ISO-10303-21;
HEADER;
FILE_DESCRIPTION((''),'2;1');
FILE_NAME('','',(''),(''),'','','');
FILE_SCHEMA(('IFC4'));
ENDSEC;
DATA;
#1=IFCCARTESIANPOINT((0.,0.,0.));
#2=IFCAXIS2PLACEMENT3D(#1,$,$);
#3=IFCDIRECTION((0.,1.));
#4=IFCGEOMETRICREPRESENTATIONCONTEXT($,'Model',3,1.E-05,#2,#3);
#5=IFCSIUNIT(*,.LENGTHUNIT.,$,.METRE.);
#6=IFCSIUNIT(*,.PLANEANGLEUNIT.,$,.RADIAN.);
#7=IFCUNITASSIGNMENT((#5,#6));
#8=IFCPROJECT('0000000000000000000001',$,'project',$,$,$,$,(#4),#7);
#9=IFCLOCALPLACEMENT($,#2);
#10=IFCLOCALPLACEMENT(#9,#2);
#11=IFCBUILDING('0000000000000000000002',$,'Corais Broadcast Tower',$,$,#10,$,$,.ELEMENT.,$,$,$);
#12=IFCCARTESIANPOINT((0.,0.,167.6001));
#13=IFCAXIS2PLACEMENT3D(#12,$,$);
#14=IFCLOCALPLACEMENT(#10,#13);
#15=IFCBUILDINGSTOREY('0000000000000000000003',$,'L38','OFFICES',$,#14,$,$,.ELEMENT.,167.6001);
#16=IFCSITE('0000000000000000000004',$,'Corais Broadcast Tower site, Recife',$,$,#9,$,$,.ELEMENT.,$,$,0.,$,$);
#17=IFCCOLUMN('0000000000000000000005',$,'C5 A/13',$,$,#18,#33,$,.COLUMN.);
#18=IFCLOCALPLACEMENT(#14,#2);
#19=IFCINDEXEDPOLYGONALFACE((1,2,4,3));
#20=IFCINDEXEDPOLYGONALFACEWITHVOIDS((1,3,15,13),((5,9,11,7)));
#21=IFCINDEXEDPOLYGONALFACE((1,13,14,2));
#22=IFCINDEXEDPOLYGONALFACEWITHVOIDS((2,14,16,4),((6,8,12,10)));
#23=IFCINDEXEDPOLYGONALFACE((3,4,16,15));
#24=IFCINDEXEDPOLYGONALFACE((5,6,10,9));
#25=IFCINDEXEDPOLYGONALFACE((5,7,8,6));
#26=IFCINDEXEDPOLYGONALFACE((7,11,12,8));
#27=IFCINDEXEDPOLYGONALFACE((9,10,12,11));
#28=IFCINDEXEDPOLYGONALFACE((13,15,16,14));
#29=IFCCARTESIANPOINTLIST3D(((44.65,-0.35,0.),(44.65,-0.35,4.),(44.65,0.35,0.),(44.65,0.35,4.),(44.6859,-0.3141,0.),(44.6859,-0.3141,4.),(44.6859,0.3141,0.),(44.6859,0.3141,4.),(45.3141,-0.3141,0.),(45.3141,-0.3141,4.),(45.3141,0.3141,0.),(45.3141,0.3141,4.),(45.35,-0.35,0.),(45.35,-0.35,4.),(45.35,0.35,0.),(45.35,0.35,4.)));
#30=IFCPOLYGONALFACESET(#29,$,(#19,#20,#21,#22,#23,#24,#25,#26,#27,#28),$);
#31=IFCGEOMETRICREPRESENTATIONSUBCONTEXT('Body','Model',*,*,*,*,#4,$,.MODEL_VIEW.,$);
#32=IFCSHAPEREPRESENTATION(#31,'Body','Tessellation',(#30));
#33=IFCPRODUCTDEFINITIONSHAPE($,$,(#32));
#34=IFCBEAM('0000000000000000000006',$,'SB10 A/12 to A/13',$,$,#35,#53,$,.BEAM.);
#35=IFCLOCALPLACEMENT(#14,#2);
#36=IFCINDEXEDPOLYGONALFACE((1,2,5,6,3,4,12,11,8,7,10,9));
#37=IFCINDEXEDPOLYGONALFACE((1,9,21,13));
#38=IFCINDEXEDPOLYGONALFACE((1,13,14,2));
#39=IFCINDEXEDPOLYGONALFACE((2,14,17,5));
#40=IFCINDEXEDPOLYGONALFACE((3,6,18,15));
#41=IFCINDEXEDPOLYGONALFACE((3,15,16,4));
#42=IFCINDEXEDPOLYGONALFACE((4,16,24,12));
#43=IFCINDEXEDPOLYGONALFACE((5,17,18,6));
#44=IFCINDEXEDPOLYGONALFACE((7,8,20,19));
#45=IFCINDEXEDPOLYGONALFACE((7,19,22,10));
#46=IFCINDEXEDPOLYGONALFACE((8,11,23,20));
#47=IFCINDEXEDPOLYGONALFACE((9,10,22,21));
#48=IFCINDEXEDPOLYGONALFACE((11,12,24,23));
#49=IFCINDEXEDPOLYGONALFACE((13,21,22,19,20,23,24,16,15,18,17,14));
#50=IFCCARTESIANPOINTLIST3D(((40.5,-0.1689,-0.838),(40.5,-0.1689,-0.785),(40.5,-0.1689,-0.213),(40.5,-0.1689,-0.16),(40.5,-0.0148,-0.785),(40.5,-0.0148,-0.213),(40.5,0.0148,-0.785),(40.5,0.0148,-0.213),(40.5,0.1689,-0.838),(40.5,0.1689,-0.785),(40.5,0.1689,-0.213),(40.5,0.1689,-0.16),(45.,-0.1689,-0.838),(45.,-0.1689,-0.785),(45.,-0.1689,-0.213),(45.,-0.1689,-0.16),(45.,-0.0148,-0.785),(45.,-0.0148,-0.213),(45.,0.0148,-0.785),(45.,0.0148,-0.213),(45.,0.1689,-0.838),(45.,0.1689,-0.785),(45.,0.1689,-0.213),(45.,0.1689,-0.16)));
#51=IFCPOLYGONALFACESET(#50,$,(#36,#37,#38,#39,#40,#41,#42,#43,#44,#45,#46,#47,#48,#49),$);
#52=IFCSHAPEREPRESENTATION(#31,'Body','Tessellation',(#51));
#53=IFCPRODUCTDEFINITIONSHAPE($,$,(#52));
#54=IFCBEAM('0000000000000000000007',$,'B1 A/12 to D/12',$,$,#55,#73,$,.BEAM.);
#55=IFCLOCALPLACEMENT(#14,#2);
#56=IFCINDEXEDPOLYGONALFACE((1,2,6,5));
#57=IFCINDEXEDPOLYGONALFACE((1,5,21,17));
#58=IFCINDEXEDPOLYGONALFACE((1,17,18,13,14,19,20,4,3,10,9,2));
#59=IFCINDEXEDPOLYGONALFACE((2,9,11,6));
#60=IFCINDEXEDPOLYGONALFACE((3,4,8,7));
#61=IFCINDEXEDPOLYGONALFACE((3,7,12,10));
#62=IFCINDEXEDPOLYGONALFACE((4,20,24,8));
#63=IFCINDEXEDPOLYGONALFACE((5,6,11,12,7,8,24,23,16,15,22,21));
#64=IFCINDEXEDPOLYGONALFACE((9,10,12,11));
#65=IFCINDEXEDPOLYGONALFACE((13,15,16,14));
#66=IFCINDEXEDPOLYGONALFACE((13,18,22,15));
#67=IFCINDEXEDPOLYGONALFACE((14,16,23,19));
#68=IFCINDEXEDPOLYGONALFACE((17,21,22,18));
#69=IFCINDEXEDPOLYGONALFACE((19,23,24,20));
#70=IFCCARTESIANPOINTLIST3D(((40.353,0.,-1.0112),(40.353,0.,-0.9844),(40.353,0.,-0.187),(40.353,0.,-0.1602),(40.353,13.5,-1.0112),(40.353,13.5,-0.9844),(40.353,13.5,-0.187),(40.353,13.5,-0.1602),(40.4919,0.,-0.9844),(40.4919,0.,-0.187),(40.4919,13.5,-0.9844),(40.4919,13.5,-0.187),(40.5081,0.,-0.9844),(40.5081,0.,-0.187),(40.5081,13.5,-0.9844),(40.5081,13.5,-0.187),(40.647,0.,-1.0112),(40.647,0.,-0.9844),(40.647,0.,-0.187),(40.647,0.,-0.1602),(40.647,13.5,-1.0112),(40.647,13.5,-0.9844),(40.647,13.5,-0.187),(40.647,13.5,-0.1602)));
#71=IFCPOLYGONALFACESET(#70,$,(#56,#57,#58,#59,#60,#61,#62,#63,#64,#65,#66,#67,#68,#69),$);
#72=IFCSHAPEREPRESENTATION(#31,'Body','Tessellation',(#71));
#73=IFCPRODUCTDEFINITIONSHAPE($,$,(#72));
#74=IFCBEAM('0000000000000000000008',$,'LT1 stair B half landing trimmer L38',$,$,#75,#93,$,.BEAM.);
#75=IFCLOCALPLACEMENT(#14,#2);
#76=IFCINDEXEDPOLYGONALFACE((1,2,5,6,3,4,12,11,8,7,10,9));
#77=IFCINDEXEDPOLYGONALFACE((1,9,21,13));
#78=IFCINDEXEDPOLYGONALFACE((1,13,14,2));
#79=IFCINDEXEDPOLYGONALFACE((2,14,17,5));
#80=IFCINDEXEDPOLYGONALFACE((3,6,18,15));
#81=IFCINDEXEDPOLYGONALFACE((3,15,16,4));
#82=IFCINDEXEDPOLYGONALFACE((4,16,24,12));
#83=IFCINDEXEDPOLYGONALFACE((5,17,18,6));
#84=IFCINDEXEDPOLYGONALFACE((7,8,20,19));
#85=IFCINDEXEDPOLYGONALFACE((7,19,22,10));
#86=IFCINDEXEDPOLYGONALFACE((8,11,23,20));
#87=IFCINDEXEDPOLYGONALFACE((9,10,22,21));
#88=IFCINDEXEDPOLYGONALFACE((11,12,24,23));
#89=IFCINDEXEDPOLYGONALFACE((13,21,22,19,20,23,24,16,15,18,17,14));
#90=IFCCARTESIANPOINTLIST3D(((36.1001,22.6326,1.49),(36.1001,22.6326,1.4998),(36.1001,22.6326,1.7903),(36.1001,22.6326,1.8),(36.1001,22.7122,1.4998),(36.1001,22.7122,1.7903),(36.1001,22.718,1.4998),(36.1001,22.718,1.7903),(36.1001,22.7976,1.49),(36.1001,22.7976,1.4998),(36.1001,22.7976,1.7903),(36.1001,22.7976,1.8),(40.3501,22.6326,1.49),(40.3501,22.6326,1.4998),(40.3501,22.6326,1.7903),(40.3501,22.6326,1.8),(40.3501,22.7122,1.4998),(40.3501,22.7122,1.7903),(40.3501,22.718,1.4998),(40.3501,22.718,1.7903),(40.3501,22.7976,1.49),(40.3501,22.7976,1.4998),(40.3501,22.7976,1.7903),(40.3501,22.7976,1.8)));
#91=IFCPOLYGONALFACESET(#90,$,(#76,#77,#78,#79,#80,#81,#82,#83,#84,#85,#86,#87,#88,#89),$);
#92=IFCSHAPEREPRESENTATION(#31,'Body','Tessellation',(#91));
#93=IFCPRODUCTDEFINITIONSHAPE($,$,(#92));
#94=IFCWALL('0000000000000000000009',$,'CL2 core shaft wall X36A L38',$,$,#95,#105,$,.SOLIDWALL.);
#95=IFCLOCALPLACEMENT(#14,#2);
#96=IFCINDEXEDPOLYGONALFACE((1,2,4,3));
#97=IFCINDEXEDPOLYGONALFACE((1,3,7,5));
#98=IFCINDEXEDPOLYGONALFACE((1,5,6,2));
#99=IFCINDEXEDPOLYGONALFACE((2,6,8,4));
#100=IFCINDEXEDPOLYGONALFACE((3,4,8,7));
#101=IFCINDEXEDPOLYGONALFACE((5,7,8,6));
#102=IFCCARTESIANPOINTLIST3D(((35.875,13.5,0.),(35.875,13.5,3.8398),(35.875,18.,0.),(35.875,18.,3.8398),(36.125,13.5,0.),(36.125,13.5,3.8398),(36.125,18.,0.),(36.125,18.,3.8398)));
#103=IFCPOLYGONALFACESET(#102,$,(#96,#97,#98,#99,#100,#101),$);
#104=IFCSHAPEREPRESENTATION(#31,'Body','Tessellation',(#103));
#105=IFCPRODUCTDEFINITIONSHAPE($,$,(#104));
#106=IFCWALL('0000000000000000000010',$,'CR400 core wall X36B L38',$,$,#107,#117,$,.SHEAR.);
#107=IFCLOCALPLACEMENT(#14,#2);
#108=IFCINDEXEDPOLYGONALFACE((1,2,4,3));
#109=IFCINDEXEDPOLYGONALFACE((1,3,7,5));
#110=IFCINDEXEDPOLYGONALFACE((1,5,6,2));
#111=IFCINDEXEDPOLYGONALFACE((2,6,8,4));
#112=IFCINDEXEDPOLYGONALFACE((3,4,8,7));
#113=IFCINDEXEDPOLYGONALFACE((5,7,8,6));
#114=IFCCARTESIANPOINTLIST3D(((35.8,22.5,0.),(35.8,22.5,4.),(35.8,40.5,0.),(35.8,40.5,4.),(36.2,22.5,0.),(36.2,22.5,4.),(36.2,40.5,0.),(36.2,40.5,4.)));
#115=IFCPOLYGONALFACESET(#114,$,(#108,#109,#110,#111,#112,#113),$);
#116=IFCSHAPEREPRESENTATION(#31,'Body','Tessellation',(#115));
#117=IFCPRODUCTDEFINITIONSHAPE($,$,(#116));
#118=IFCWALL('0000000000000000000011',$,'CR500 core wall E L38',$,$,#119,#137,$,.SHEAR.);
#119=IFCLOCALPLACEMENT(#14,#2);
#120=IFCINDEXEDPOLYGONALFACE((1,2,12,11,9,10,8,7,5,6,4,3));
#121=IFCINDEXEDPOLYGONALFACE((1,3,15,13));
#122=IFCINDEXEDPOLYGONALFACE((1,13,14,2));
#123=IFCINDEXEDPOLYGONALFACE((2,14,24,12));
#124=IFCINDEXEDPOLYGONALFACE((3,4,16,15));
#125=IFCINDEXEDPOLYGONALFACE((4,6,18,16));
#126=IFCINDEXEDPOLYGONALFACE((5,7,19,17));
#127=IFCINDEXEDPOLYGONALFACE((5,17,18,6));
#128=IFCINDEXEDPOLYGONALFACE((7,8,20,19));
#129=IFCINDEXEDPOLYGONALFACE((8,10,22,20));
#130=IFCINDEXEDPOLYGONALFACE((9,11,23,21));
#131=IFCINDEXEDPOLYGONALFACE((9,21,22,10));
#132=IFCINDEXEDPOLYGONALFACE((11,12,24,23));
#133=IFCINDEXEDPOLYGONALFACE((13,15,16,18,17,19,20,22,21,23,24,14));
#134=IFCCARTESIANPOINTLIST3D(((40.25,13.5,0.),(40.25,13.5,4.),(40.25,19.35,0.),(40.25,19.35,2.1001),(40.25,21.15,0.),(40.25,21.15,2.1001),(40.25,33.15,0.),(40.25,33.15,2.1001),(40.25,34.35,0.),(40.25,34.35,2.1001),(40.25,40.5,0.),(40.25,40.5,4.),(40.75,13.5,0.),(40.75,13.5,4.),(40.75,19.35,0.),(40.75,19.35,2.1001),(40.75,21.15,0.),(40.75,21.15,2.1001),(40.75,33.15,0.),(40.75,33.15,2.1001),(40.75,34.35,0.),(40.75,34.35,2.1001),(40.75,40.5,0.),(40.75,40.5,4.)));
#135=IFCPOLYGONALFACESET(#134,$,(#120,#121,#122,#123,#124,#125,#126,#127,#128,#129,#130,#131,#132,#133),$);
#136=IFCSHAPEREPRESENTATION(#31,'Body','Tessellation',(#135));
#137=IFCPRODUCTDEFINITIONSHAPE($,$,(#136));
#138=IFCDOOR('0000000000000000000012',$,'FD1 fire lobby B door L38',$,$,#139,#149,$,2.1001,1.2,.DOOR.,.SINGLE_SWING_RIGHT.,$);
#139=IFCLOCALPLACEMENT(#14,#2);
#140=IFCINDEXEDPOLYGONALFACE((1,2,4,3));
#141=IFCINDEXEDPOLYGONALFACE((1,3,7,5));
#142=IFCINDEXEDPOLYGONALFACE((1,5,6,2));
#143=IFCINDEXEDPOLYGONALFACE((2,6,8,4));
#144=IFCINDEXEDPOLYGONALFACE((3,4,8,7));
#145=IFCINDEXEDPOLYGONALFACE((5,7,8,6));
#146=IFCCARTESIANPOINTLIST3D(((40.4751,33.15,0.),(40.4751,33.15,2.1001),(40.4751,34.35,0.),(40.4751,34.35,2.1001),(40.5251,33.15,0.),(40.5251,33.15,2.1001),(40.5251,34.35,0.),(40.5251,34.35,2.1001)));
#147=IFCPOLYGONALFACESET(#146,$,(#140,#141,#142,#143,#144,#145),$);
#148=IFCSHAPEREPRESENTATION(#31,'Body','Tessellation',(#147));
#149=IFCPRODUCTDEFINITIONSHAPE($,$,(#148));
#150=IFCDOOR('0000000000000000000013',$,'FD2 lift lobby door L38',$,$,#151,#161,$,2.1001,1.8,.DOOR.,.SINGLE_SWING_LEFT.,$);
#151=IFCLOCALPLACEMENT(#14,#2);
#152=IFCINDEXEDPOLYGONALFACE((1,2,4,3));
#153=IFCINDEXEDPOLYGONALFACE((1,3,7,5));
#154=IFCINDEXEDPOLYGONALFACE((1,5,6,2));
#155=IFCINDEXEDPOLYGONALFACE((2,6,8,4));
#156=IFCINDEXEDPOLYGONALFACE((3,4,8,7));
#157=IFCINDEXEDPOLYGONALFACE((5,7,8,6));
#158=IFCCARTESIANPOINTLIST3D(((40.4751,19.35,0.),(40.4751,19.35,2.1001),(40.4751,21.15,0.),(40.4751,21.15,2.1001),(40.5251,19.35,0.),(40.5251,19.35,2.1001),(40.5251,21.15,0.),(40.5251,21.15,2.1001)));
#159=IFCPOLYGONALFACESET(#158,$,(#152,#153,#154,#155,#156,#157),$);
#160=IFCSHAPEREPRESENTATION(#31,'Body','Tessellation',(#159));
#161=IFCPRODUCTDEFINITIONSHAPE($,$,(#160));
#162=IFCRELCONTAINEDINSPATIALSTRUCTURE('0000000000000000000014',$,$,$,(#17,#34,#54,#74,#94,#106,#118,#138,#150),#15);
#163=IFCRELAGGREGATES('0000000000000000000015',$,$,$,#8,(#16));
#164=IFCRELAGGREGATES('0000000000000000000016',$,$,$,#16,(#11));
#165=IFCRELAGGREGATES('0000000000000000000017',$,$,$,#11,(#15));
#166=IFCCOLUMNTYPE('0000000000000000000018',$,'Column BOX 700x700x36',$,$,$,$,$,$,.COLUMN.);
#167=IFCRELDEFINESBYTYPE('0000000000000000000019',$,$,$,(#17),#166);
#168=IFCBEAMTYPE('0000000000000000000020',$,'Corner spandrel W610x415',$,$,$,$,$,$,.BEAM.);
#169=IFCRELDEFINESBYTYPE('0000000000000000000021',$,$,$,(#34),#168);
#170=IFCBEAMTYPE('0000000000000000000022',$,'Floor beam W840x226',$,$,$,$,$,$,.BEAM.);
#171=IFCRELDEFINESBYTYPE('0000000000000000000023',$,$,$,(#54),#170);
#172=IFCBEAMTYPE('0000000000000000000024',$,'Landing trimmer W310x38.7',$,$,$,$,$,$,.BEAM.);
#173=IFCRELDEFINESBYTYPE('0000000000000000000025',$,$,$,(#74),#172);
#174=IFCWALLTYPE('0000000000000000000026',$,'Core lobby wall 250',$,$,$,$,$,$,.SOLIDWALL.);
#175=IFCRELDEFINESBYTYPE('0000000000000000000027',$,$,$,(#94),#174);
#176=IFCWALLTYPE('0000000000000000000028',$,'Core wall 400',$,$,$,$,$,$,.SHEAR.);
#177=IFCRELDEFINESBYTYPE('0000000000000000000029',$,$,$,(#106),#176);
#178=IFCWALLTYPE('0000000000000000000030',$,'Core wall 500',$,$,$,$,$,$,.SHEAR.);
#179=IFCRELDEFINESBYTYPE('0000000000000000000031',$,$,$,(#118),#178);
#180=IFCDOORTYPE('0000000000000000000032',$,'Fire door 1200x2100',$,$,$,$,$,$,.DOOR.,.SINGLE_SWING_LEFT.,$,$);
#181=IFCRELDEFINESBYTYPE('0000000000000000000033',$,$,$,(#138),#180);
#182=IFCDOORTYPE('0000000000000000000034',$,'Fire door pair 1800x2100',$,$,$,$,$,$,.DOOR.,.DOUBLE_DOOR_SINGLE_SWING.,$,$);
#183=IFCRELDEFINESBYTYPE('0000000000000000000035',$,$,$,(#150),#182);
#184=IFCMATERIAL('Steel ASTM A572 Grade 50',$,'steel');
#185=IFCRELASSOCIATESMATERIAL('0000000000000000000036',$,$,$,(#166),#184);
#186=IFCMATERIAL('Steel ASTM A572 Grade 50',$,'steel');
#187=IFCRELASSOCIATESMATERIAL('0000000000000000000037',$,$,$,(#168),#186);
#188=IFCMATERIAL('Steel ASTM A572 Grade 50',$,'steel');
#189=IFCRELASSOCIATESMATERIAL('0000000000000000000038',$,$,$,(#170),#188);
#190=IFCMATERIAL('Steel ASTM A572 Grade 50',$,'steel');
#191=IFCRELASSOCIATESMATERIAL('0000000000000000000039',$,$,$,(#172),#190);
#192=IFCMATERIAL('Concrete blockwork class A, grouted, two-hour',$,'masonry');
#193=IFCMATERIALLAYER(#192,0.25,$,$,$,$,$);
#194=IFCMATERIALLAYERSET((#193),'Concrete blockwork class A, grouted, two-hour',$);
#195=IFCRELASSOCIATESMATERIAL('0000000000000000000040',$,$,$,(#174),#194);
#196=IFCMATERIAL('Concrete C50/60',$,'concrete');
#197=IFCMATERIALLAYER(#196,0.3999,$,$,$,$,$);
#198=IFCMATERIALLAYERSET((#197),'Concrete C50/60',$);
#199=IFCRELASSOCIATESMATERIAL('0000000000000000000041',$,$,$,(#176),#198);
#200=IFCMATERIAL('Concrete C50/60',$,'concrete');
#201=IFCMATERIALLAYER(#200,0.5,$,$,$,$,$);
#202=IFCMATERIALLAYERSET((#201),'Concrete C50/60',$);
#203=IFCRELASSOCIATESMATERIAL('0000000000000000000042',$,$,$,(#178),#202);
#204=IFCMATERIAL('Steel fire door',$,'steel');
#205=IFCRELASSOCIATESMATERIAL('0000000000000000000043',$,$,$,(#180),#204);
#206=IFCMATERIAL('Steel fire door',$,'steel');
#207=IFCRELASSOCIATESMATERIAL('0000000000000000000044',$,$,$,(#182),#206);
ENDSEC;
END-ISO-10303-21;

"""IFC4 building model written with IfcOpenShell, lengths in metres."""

from ifc_helpers import new_model, si_unit, direction, frame, frame_2d, origin, origin_2d, place, context, subcontext, project, spatial, rectangle, hollow_rectangle, i_section, extrude, material, layer, layer_set, material_profile, profile_set, type_object, element, fill, save


model = new_model("IFC4")

# Units and contexts
model_context = context("Model", 3, precision=1e-05, world=origin(), true_north=direction((0.0, 1.0)))
body_context = subcontext(model_context, "Body", "Model", "MODEL_VIEW")
ifc_project = project(units=[si_unit("LENGTHUNIT", "METRE"), si_unit("PLANEANGLEUNIT", "RADIAN")], contexts=[model_context])

# Site, building, storey
site_placement = place(None, origin())
site = spatial("IfcSite", under=ifc_project, at=site_placement, Name="Corais Broadcast Tower site, Recife", CompositionType="ELEMENT", RefElevation=0.0)
building_placement = place(site_placement, origin())
building = spatial("IfcBuilding", under=site, at=building_placement, Name="Corais Broadcast Tower", CompositionType="ELEMENT")
storey_placement = place(building_placement, frame((0.0, 0.0, 167.6001)))
storey = spatial("IfcBuildingStorey", under=building, at=storey_placement, Name="L38", Description="OFFICES", CompositionType="ELEMENT", Elevation=167.6001)

# Column
ifc_material_1 = material(Name="Steel ASTM A572 Grade 50", Category="steel")
ifc_material_profile_1 = material_profile(ifc_material_1, hollow_rectangle(XDim=0.7, YDim=0.7, WallThickness=0.0359, at=origin_2d()), Name="BOX 700x700x36")
ifc_profile_set_1 = profile_set([ifc_material_profile_1], Name="Steel ASTM A572 Grade 50")
column_type = type_object("IfcColumnType", Name="Column BOX 700x700x36", PredefinedType="COLUMN", material=ifc_profile_set_1)
column_placement = place(storey_placement, frame((45.0, 0.0, 0.0), z_axis=(0.0, 0.0, 1.0), x_axis=(1.0, 0.0, 0.0)))
element("IfcColumn", 1, at=column_placement, inside=storey, type_object=column_type, Name="C5 A/13", PredefinedType="COLUMN", context=body_context, shape_type="SweptSolid", body=[
    extrude(hollow_rectangle(XDim=0.7, YDim=0.7, WallThickness=0.0359, at=origin_2d()), origin(), (0.0, 0.0, 1.0), 4.0),
])

# Beams
ifc_material_2 = material(Name="Steel ASTM A572 Grade 50", Category="steel")
ifc_material_profile_2 = material_profile(ifc_material_2, i_section(OverallWidth=0.3379, OverallDepth=0.678, WebThickness=0.0295, FlangeThickness=0.053, at=origin_2d()), Name="W610x415")
ifc_profile_set_2 = profile_set([ifc_material_profile_2], Name="Steel ASTM A572 Grade 50")
beam_type_1 = type_object("IfcBeamType", Name="Corner spandrel W610x415", PredefinedType="BEAM", material=ifc_profile_set_2)
beam_1_placement = place(storey_placement, frame((40.5, 0.0, -0.499), z_axis=(1.0, 0.0, 0.0), x_axis=(0.0, 1.0, 0.0)))
element("IfcBeam", 2, at=beam_1_placement, inside=storey, type_object=beam_type_1, Name="SB10 A/12 to A/13", PredefinedType="BEAM", context=body_context, shape_type="SweptSolid", body=[
    extrude(i_section(OverallWidth=0.3379, OverallDepth=0.678, WebThickness=0.0295, FlangeThickness=0.053, at=origin_2d()), origin(), (0.0, 0.0, 1.0), 4.5),
])
ifc_material_3 = material(Name="Steel ASTM A572 Grade 50", Category="steel")
ifc_material_profile_3 = material_profile(ifc_material_3, i_section(OverallWidth=0.2939, OverallDepth=0.8511, WebThickness=0.0161, FlangeThickness=0.0269, at=origin_2d()), Name="W840x226")
ifc_profile_set_3 = profile_set([ifc_material_profile_3], Name="Steel ASTM A572 Grade 50")
beam_type_2 = type_object("IfcBeamType", Name="Floor beam W840x226", PredefinedType="BEAM", material=ifc_profile_set_3)
beam_2_placement = place(storey_placement, frame((40.5, 0.0, -0.5857), z_axis=(0.0, 1.0, 0.0), x_axis=(-1.0, 0.0, 0.0)))
element("IfcBeam", 3, at=beam_2_placement, inside=storey, type_object=beam_type_2, Name="B1 A/12 to D/12", PredefinedType="BEAM", context=body_context, shape_type="SweptSolid", body=[
    extrude(i_section(OverallWidth=0.2939, OverallDepth=0.8511, WebThickness=0.0161, FlangeThickness=0.0269, at=origin_2d()), origin(), (0.0, 0.0, 1.0), 13.5),
])
ifc_material_4 = material(Name="Steel ASTM A572 Grade 50", Category="steel")
ifc_material_profile_4 = material_profile(ifc_material_4, i_section(OverallWidth=0.165, OverallDepth=0.3101, WebThickness=0.0059, FlangeThickness=0.0098, at=origin_2d()), Name="W310x38.7")
ifc_profile_set_4 = profile_set([ifc_material_profile_4], Name="Steel ASTM A572 Grade 50")
beam_type_3 = type_object("IfcBeamType", Name="Landing trimmer W310x38.7", PredefinedType="BEAM", material=ifc_profile_set_4)
beam_3_placement = place(storey_placement, frame((36.1001, 22.7151, 1.645), z_axis=(1.0, 0.0, 0.0), x_axis=(0.0, 1.0, 0.0)))
element("IfcBeam", 4, at=beam_3_placement, inside=storey, type_object=beam_type_3, Name="LT1 stair B half landing trimmer L38", PredefinedType="BEAM", context=body_context, shape_type="SweptSolid", body=[
    extrude(i_section(OverallWidth=0.165, OverallDepth=0.3101, WebThickness=0.0059, FlangeThickness=0.0098, at=origin_2d()), origin(), (0.0, 0.0, 1.0), 4.25),
])

# Walls
ifc_material_5 = material(Name="Concrete blockwork class A, grouted, two-hour", Category="masonry")
ifc_layer_1 = layer(ifc_material_5, 0.25)
ifc_layer_set_1 = layer_set([ifc_layer_1], Name="Concrete blockwork class A, grouted, two-hour")
wall_type_1 = type_object("IfcWallType", Name="Core lobby wall 250", PredefinedType="SOLIDWALL", material=ifc_layer_set_1)
wall_1_placement = place(storey_placement, frame((36.0, 13.5, 0.0), z_axis=(0.0, 0.0, 1.0), x_axis=(0.0, 1.0, 0.0)))
element("IfcWall", 5, at=wall_1_placement, inside=storey, type_object=wall_type_1, Name="CL2 core shaft wall X36A L38", PredefinedType="SOLIDWALL", context=body_context, shape_type="SweptSolid", body=[
    extrude(rectangle(XDim=4.5, YDim=0.25, at=frame_2d((2.25, 0.0))), origin(), (0.0, 0.0, 1.0), 3.8398),
])
ifc_material_6 = material(Name="Concrete C50/60", Category="concrete")
ifc_layer_2 = layer(ifc_material_6, 0.3999)
ifc_layer_set_2 = layer_set([ifc_layer_2], Name="Concrete C50/60")
wall_type_2 = type_object("IfcWallType", Name="Core wall 400", PredefinedType="SHEAR", material=ifc_layer_set_2)
wall_2_placement = place(storey_placement, frame((36.0, 22.5, 0.0), z_axis=(0.0, 0.0, 1.0), x_axis=(0.0, 1.0, 0.0)))
element("IfcWall", 6, at=wall_2_placement, inside=storey, type_object=wall_type_2, Name="CR400 core wall X36B L38", PredefinedType="SHEAR", context=body_context, shape_type="SweptSolid", body=[
    extrude(rectangle(XDim=18.0, YDim=0.3999, at=frame_2d((9.0, 0.0))), origin(), (0.0, 0.0, 1.0), 4.0),
])

# Wall, openings, doors
ifc_material_7 = material(Name="Concrete C50/60", Category="concrete")
ifc_layer_3 = layer(ifc_material_7, 0.5)
ifc_layer_set_3 = layer_set([ifc_layer_3], Name="Concrete C50/60")
wall_type_3 = type_object("IfcWallType", Name="Core wall 500", PredefinedType="SHEAR", material=ifc_layer_set_3)
wall_3_placement = place(storey_placement, frame((40.5, 13.5, 0.0), z_axis=(0.0, 0.0, 1.0), x_axis=(0.0, 1.0, 0.0)))
wall_3 = element("IfcWall", 7, at=wall_3_placement, inside=storey, type_object=wall_type_3, Name="CR500 core wall E L38", PredefinedType="SHEAR", context=body_context, shape_type="SweptSolid", body=[
    extrude(rectangle(XDim=27.0, YDim=0.5, at=frame_2d((13.5, 0.0))), origin(), (0.0, 0.0, 1.0), 4.0),
])
opening_1_placement = place(wall_3_placement, frame((5.8501, 0.0, 0.0)))
opening_1 = element("IfcOpeningElement", 8, at=opening_1_placement, cuts=wall_3, PredefinedType="OPENING", context=body_context, shape_type="SweptSolid", body=[
    extrude(rectangle(XDim=1.8, YDim=2.1001, at=frame_2d((0.8999, 1.05))), frame((0.0, 0.26, 0.0), z_axis=(0.0, -1.0, 0.0), x_axis=(1.0, 0.0, 0.0)), (0.0, 0.0, 1.0), 0.52),
])
opening_2_placement = place(wall_3_placement, frame((19.6499, 0.0, 0.0)))
opening_2 = element("IfcOpeningElement", 9, at=opening_2_placement, cuts=wall_3, PredefinedType="OPENING", context=body_context, shape_type="SweptSolid", body=[
    extrude(rectangle(XDim=1.2, YDim=2.1001, at=frame_2d((0.6001, 1.05))), frame((0.0, 0.26, 0.0), z_axis=(0.0, -1.0, 0.0), x_axis=(1.0, 0.0, 0.0)), (0.0, 0.0, 1.0), 0.52),
])
ifc_material_8 = material(Name="Steel fire door", Category="steel")
door_type_1 = type_object("IfcDoorType", Name="Fire door 1200x2100", OperationType="SINGLE_SWING_LEFT", PredefinedType="DOOR", material=ifc_material_8)
door_1_placement = place(opening_2_placement, origin())
door_1 = element("IfcDoor", 10, at=door_1_placement, inside=storey, type_object=door_type_1, Name="FD1 fire lobby B door L38", OperationType="SINGLE_SWING_RIGHT", OverallHeight=2.1001, OverallWidth=1.2, PredefinedType="DOOR", context=body_context, shape_type="SweptSolid", body=[
    extrude(rectangle(XDim=1.2, YDim=2.1001, at=frame_2d((0.6001, 1.05))), frame((0.0, 0.0249, 0.0), z_axis=(0.0, -1.0, 0.0), x_axis=(1.0, 0.0, 0.0)), (0.0, 0.0, 1.0), 0.05),
])
fill(opening_2, door_1)
ifc_material_9 = material(Name="Steel fire door", Category="steel")
door_type_2 = type_object("IfcDoorType", Name="Fire door pair 1800x2100", OperationType="DOUBLE_DOOR_SINGLE_SWING", PredefinedType="DOOR", material=ifc_material_9)
door_2_placement = place(opening_1_placement, origin())
door_2 = element("IfcDoor", 11, at=door_2_placement, inside=storey, type_object=door_type_2, Name="FD2 lift lobby door L38", OperationType="SINGLE_SWING_LEFT", OverallHeight=2.1001, OverallWidth=1.8, PredefinedType="DOOR", context=body_context, shape_type="SweptSolid", body=[
    extrude(rectangle(XDim=1.8, YDim=2.1001, at=frame_2d((0.8999, 1.05))), frame((0.0, 0.0249, 0.0), z_axis=(0.0, -1.0, 0.0), x_axis=(1.0, 0.0, 0.0)), (0.0, 0.0, 1.0), 0.05),
])
fill(opening_1, door_2)

save(model, "model.ifc")
